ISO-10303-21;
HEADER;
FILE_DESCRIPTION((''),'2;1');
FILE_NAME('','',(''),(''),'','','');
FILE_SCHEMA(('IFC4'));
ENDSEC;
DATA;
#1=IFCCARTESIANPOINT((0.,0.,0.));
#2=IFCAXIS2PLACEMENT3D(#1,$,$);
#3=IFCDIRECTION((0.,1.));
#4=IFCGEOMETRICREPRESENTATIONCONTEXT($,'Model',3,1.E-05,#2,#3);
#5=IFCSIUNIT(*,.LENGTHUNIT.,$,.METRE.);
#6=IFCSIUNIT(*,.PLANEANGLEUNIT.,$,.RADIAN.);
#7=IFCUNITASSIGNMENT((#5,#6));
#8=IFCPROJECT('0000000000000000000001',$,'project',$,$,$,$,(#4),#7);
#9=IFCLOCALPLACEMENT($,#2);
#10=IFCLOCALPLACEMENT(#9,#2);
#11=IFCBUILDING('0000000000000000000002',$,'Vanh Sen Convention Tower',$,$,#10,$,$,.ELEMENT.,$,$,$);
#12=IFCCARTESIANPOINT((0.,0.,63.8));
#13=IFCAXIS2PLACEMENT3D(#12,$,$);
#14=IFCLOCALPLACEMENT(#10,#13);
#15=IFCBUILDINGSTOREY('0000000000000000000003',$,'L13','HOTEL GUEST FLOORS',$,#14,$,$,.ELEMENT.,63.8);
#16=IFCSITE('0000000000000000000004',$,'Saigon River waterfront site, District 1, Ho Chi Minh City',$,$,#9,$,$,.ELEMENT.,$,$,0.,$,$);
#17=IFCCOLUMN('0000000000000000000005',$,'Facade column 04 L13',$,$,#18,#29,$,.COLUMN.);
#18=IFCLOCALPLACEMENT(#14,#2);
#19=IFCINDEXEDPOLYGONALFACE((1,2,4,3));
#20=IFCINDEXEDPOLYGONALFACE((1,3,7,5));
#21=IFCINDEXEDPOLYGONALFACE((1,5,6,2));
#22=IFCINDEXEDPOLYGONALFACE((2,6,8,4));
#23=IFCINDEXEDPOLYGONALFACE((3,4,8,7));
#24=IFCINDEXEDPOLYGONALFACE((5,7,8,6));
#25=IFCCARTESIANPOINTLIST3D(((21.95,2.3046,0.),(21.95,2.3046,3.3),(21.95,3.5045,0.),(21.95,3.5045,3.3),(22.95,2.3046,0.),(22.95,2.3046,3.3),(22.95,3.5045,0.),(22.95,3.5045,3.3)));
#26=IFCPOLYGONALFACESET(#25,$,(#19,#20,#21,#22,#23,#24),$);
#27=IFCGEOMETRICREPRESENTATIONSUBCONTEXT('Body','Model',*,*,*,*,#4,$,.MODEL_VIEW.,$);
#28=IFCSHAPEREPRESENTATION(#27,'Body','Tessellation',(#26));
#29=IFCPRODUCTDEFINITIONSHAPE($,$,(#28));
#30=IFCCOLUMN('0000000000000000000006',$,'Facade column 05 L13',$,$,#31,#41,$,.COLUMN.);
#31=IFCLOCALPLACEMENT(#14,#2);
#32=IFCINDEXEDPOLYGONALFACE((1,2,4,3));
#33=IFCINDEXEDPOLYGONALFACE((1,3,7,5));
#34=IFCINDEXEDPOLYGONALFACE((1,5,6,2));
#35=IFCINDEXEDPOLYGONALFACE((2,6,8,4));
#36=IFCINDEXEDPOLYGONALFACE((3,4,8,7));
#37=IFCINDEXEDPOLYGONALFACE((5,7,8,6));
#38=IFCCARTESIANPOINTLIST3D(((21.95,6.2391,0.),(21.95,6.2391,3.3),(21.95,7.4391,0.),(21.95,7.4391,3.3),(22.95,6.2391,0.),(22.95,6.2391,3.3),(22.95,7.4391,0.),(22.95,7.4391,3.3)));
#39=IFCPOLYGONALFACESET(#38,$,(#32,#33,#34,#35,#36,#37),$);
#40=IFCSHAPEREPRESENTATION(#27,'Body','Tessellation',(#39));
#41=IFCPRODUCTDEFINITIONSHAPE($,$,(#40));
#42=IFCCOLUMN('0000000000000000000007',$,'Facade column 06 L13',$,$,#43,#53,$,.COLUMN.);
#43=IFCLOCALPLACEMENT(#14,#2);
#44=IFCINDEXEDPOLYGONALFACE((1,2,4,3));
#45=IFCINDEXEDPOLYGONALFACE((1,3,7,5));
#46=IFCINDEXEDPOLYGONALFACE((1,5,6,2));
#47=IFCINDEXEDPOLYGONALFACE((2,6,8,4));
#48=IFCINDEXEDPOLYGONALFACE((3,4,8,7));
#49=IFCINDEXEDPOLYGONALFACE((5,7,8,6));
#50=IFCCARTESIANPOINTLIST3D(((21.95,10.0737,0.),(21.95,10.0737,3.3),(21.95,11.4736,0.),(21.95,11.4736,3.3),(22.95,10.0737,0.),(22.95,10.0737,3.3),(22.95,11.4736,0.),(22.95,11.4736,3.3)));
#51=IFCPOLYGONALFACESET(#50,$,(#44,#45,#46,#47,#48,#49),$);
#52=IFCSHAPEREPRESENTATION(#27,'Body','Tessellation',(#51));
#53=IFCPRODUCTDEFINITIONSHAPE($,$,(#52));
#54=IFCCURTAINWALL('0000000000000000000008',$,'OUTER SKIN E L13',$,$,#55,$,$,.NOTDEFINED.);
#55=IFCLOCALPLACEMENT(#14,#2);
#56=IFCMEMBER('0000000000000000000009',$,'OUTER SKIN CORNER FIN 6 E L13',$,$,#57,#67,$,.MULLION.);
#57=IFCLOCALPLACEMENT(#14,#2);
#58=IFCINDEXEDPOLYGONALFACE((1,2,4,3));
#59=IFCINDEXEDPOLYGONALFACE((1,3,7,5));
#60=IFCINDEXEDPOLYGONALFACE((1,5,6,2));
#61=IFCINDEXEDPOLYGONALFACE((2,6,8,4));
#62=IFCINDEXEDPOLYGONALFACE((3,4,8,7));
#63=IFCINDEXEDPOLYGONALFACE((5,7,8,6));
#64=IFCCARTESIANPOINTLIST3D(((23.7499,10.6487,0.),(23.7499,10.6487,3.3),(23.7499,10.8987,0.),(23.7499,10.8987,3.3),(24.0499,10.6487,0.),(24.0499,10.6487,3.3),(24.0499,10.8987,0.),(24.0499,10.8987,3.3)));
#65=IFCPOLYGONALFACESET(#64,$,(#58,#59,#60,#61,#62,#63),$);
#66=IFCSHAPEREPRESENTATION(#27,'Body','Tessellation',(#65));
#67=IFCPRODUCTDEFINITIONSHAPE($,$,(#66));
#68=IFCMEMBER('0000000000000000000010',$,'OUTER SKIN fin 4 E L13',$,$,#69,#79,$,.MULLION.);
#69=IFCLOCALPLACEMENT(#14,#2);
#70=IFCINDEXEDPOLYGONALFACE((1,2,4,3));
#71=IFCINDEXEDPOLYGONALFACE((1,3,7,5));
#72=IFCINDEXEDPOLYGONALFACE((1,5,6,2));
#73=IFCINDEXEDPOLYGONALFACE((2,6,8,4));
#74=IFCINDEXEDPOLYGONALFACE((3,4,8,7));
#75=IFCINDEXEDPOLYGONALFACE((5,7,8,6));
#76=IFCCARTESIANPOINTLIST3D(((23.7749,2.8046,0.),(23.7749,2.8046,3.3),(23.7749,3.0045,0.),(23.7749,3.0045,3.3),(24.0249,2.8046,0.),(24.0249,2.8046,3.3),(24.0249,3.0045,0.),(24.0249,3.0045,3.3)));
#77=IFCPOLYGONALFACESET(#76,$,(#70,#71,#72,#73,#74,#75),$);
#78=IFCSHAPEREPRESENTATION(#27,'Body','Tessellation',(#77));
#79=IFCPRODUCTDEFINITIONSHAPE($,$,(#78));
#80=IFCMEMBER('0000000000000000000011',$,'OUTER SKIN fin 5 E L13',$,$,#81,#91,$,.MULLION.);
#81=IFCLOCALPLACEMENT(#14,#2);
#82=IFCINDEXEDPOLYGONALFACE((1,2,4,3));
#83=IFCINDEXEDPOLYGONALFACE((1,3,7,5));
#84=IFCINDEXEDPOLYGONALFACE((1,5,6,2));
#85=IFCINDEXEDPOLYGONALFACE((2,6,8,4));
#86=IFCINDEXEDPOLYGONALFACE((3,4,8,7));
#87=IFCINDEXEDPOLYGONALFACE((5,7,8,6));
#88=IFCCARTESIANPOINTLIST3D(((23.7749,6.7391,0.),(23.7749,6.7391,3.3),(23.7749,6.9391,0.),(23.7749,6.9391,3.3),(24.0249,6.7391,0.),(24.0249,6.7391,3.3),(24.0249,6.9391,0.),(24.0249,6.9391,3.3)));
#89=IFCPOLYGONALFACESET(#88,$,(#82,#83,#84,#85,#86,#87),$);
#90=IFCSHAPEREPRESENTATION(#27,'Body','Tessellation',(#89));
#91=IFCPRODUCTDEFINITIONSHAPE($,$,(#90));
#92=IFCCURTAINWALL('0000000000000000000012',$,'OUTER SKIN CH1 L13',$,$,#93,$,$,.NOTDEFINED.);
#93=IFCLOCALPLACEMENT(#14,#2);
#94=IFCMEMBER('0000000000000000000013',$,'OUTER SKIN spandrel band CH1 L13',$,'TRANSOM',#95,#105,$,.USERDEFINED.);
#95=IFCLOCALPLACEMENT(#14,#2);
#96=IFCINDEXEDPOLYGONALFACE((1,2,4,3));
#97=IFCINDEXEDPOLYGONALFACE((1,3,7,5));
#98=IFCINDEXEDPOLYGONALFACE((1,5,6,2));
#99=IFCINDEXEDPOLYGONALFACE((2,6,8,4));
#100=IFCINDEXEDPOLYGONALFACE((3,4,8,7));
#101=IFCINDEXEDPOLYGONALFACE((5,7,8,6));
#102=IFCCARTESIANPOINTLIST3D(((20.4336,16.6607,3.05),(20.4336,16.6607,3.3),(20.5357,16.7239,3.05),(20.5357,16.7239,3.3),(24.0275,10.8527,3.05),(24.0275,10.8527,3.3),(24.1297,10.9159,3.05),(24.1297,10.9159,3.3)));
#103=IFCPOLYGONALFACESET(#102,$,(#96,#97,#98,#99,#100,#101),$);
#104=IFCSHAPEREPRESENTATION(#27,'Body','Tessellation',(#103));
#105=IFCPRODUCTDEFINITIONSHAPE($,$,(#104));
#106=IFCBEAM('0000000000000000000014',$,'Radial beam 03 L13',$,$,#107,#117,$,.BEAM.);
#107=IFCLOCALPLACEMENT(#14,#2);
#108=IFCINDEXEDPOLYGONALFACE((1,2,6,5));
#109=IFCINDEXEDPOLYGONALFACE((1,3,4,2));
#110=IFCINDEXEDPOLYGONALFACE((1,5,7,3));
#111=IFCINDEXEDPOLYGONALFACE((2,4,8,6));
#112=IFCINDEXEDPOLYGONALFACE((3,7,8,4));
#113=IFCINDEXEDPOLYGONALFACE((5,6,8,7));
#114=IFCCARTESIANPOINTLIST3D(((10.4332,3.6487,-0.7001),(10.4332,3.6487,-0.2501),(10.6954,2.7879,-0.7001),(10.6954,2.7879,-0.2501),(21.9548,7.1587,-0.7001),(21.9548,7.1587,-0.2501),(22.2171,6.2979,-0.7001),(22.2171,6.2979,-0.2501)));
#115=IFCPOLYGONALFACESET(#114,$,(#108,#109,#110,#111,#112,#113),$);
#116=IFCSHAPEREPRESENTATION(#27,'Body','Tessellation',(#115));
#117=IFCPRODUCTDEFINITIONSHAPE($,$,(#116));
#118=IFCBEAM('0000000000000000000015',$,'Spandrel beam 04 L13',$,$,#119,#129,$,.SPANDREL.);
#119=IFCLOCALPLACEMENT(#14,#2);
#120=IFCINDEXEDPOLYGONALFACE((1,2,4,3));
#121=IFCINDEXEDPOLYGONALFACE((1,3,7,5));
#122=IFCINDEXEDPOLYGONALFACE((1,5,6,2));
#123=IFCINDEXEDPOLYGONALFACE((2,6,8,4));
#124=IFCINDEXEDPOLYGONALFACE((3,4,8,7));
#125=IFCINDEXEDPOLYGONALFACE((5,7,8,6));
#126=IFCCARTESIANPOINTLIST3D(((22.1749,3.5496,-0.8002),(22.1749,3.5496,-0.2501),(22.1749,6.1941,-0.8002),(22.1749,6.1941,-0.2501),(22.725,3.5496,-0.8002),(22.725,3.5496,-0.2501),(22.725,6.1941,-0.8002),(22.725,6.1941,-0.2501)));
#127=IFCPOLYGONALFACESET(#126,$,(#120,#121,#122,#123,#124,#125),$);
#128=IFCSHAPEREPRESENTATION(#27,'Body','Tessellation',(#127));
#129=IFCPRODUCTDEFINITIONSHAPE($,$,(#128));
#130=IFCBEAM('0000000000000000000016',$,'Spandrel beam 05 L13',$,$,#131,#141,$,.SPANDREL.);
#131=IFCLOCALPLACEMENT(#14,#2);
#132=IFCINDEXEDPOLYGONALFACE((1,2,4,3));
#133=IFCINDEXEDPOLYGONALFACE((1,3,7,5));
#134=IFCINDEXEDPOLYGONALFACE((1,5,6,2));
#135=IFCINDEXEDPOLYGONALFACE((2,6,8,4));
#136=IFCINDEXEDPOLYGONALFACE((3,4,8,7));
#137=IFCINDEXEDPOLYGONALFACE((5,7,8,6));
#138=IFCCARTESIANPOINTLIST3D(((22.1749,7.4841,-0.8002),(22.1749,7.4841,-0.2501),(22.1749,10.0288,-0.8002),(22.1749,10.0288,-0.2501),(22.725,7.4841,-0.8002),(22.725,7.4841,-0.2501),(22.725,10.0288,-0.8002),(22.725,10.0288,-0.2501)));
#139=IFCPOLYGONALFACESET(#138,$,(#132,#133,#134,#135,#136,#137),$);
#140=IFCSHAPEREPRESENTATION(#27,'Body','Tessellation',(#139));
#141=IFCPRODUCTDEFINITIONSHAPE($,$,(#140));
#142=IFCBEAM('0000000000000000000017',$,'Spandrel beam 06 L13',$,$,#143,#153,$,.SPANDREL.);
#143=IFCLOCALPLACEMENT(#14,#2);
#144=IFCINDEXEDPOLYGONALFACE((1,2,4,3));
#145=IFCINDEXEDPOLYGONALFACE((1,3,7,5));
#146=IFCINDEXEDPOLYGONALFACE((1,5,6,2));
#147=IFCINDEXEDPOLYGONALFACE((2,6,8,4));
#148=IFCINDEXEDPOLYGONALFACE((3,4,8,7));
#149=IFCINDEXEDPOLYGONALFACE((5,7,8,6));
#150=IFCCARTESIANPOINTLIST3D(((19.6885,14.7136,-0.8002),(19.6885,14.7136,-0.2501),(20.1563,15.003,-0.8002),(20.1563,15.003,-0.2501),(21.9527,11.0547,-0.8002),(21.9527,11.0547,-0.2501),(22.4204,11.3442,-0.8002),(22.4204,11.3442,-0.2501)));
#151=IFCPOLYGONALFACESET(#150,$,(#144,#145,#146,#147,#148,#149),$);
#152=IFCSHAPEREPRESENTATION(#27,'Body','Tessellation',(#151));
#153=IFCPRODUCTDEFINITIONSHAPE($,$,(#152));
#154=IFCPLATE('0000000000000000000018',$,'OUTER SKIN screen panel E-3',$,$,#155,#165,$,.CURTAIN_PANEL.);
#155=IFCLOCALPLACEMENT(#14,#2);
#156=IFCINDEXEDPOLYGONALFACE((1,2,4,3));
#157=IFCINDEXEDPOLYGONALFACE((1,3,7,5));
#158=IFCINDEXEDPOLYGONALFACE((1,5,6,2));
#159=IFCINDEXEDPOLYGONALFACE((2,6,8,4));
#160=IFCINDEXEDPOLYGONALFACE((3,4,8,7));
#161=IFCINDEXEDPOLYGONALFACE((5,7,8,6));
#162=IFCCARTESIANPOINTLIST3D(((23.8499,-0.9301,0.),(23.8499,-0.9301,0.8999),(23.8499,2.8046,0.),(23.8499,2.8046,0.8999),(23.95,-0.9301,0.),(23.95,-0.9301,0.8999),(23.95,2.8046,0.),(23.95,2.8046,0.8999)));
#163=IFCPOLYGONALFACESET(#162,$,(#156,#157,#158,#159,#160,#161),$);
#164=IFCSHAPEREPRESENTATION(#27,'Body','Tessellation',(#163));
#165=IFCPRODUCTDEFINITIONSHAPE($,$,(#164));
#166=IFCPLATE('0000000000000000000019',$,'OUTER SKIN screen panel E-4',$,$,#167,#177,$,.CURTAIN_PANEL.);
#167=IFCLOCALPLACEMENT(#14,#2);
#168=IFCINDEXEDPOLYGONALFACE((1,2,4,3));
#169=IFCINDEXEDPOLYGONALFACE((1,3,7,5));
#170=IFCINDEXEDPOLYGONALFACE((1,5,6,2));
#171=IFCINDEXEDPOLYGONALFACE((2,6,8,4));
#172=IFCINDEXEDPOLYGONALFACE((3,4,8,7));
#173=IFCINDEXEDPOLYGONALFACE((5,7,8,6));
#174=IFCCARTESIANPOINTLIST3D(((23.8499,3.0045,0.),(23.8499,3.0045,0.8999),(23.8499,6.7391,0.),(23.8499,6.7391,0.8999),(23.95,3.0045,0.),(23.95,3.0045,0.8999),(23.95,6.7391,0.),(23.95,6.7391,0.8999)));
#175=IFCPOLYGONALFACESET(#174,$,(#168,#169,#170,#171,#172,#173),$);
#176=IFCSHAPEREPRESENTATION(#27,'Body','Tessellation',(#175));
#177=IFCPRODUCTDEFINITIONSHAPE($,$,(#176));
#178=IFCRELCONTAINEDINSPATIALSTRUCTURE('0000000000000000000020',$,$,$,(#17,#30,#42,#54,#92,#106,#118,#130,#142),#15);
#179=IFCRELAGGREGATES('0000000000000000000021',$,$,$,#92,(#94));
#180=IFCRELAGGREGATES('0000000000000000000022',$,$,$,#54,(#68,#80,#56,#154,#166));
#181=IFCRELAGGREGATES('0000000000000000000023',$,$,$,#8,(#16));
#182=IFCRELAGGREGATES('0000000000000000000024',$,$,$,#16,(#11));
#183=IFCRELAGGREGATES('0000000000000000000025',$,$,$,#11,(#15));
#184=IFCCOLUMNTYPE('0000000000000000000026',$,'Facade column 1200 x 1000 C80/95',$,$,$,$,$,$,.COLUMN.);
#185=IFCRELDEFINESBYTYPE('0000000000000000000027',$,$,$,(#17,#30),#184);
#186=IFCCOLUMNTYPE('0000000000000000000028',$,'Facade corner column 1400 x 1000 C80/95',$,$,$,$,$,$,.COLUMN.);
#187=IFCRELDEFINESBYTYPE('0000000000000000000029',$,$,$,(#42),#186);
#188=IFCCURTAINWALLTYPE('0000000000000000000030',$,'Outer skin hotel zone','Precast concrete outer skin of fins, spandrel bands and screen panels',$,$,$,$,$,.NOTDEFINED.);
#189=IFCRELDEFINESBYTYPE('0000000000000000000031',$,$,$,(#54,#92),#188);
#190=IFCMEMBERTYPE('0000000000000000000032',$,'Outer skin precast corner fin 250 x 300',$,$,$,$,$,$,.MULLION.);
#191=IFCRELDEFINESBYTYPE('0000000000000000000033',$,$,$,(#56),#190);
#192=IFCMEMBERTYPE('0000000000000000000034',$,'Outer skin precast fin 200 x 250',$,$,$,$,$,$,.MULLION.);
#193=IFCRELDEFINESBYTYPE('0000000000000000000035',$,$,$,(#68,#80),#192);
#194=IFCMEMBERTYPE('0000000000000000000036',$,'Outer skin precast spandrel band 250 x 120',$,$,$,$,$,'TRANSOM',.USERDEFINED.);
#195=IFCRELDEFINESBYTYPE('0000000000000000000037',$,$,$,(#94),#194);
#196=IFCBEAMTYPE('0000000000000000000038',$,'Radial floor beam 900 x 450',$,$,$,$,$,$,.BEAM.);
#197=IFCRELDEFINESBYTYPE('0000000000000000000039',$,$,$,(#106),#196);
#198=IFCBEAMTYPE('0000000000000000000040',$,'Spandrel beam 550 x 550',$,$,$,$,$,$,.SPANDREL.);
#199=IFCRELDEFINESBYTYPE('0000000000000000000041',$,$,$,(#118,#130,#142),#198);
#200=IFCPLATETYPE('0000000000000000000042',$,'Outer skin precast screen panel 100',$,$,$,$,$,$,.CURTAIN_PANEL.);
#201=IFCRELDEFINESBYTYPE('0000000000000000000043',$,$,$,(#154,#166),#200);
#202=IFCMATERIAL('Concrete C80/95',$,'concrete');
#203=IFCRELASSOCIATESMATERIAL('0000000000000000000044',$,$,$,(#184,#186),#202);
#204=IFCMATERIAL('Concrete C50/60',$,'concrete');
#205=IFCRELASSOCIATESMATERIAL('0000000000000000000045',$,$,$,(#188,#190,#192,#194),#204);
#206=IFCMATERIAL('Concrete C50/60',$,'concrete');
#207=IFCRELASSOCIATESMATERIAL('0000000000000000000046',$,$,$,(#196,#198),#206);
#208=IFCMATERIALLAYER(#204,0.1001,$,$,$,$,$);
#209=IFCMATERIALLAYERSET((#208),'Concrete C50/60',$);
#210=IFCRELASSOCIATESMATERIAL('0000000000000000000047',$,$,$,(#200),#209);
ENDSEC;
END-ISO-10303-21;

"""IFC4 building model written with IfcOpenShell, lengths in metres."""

from ifc_helpers import new_model, si_unit, direction, frame, origin, origin_2d, place, context, subcontext, project, spatial, rectangle, extrude, material, layer, layer_set, material_profile, profile_set, type_object, element, aggregate, save


model = new_model("IFC4")

# Units and contexts
model_context = context("Model", 3, precision=1e-05, world=origin(), true_north=direction((0.0, 1.0)))
body_context = subcontext(model_context, "Body", "Model", "MODEL_VIEW")
ifc_project = project(units=[si_unit("LENGTHUNIT", "METRE"), si_unit("PLANEANGLEUNIT", "RADIAN")], contexts=[model_context])

# Site, building, storey
site_placement = place(None, origin())
site = spatial("IfcSite", under=ifc_project, at=site_placement, Name="Saigon River waterfront site, District 1, Ho Chi Minh City", CompositionType="ELEMENT", RefElevation=0.0)
building_placement = place(site_placement, origin())
building = spatial("IfcBuilding", under=site, at=building_placement, Name="Vanh Sen Convention Tower", CompositionType="ELEMENT")
storey_placement = place(building_placement, frame((0.0, 0.0, 63.8)))
storey = spatial("IfcBuildingStorey", under=building, at=storey_placement, Name="L13", Description="HOTEL GUEST FLOORS", CompositionType="ELEMENT", Elevation=63.8)

# Columns
ifc_material_1 = material(Name="Concrete C80/95", Category="concrete")
ifc_material_profile_1 = material_profile(ifc_material_1, rectangle(XDim=1.2, YDim=1.0, at=origin_2d()), Name="RC 1200X1000")
ifc_profile_set_1 = profile_set([ifc_material_profile_1], Name="Concrete C80/95")
column_type_1 = type_object("IfcColumnType", Name="Facade column 1200 x 1000 C80/95", PredefinedType="COLUMN", material=ifc_profile_set_1)
for number, where, z_axis, x_axis, name in (
    (1, (22.45, 2.9045, 0.0), (0.0, 0.0, 1.0), (0.0, 1.0, 0.0), "Facade column 04 L13"),
    (2, (22.45, 6.8391, 0.0), (0.0, 0.0, 1.0), (0.0, 1.0, 0.0), "Facade column 05 L13"),
):
    element("IfcColumn", number, at=place(storey_placement, frame(where, z_axis=z_axis, x_axis=x_axis)), inside=storey, type_object=column_type_1, Name=name, PredefinedType="COLUMN", context=body_context, shape_type="SweptSolid", body=[
        extrude(rectangle(XDim=1.2, YDim=1.0, at=origin_2d()), origin(), (0.0, 0.0, 1.0), 3.3),
    ])
ifc_material_profile_2 = material_profile(ifc_material_1, rectangle(XDim=1.3999, YDim=1.0, at=origin_2d()), Name="RC 1400X1000")
ifc_profile_set_2 = profile_set([ifc_material_profile_2], Name="Concrete C80/95")
column_type_2 = type_object("IfcColumnType", Name="Facade corner column 1400 x 1000 C80/95", PredefinedType="COLUMN", material=ifc_profile_set_2)
column_placement = place(storey_placement, frame((22.45, 10.7737, 0.0), z_axis=(0.0, 0.0, 1.0), x_axis=(0.0, 1.0, 0.0)))
element("IfcColumn", 3, at=column_placement, inside=storey, type_object=column_type_2, Name="Facade column 06 L13", PredefinedType="COLUMN", context=body_context, shape_type="SweptSolid", body=[
    extrude(rectangle(XDim=1.3999, YDim=1.0, at=origin_2d()), origin(), (0.0, 0.0, 1.0), 3.3),
])

# Curtain wall, members
ifc_material_2 = material(Name="Concrete C50/60", Category="concrete")
curtain_wall_type = type_object("IfcCurtainWallType", Name="Outer skin hotel zone", Description="Precast concrete outer skin of fins, spandrel bands and screen panels", PredefinedType="NOTDEFINED", material=ifc_material_2)
curtain_wall_1_placement = place(storey_placement, origin())
curtain_wall_1 = element("IfcCurtainWall", 4, at=curtain_wall_1_placement, inside=storey, type_object=curtain_wall_type, Name="OUTER SKIN E L13", PredefinedType="NOTDEFINED")
ifc_material_profile_3 = material_profile(ifc_material_2, rectangle(XDim=0.25, YDim=0.3, at=origin_2d()), Name="Outer skin precast corner fin 250 x 300")
ifc_profile_set_3 = profile_set([ifc_material_profile_3], Name="Concrete C50/60")
member_type_1 = type_object("IfcMemberType", Name="Outer skin precast corner fin 250 x 300", PredefinedType="MULLION", material=ifc_profile_set_3)
member_1_placement = place(storey_placement, frame((23.8999, 10.7737, 0.0), z_axis=(0.0, 0.0, 1.0), x_axis=(0.0, 1.0, 0.0)))
member_1 = element("IfcMember", 5, at=member_1_placement, type_object=member_type_1, Name="OUTER SKIN CORNER FIN 6 E L13", PredefinedType="MULLION", context=body_context, shape_type="SweptSolid", body=[
    extrude(rectangle(XDim=0.25, YDim=0.3, at=origin_2d()), origin(), (0.0, 0.0, 1.0), 3.3),
])
ifc_material_profile_4 = material_profile(ifc_material_2, rectangle(XDim=0.2, YDim=0.25, at=origin_2d()), Name="Outer skin precast fin 200 x 250")
ifc_profile_set_4 = profile_set([ifc_material_profile_4], Name="Concrete C50/60")
member_type_2 = type_object("IfcMemberType", Name="Outer skin precast fin 200 x 250", PredefinedType="MULLION", material=ifc_profile_set_4)
member_2_placement = place(storey_placement, frame((23.8999, 2.9045, 0.0), z_axis=(0.0, 0.0, 1.0), x_axis=(0.0, 1.0, 0.0)))
member_2 = element("IfcMember", 6, at=member_2_placement, type_object=member_type_2, Name="OUTER SKIN fin 4 E L13", PredefinedType="MULLION", context=body_context, shape_type="SweptSolid", body=[
    extrude(rectangle(XDim=0.2, YDim=0.25, at=origin_2d()), origin(), (0.0, 0.0, 1.0), 3.3),
])
member_3_placement = place(storey_placement, frame((23.8999, 6.8391, 0.0), z_axis=(0.0, 0.0, 1.0), x_axis=(0.0, 1.0, 0.0)))
member_3 = element("IfcMember", 7, at=member_3_placement, type_object=member_type_2, Name="OUTER SKIN fin 5 E L13", PredefinedType="MULLION", context=body_context, shape_type="SweptSolid", body=[
    extrude(rectangle(XDim=0.2, YDim=0.25, at=origin_2d()), origin(), (0.0, 0.0, 1.0), 3.3),
])

# Curtain wall, member
curtain_wall_2_placement = place(storey_placement, origin())
curtain_wall_2 = element("IfcCurtainWall", 8, at=curtain_wall_2_placement, inside=storey, type_object=curtain_wall_type, Name="OUTER SKIN CH1 L13", PredefinedType="NOTDEFINED")
ifc_material_profile_5 = material_profile(ifc_material_2, rectangle(XDim=0.1201, YDim=0.25, at=origin_2d()), Name="Outer skin precast spandrel band 250 x 120")
ifc_profile_set_5 = profile_set([ifc_material_profile_5], Name="Concrete C50/60")
member_type_3 = type_object("IfcMemberType", Name="Outer skin precast spandrel band 250 x 120", ElementType="TRANSOM", PredefinedType="USERDEFINED", material=ifc_profile_set_5)
member_4_placement = place(storey_placement, frame((24.0786, 10.8843, 3.175), z_axis=(-0.526196, 0.850363, 0.0), x_axis=(-0.850363, -0.526196, 0.0)))
member_4 = element("IfcMember", 9, at=member_4_placement, type_object=member_type_3, Name="OUTER SKIN spandrel band CH1 L13", ObjectType="TRANSOM", PredefinedType="USERDEFINED", context=body_context, shape_type="SweptSolid", body=[
    extrude(rectangle(XDim=0.1201, YDim=0.25, at=origin_2d()), origin(), (0.0, 0.0, 1.0), 6.8301),
])
aggregate(curtain_wall_2, [member_4])

# Beams
ifc_material_3 = material(Name="Concrete C50/60", Category="concrete")
ifc_material_profile_6 = material_profile(ifc_material_3, rectangle(XDim=0.8999, YDim=0.45, at=origin_2d()), Name="RC 900X450")
ifc_profile_set_6 = profile_set([ifc_material_profile_6], Name="Concrete C50/60")
beam_type_1 = type_object("IfcBeamType", Name="Radial floor beam 900 x 450", PredefinedType="BEAM", material=ifc_profile_set_6)
beam_1_placement = place(storey_placement, frame((22.0859, 6.7283, -0.4751), z_axis=(-0.956595, -0.29142, 0.0), x_axis=(0.29142, -0.956595, 0.0)))
element("IfcBeam", 10, at=beam_1_placement, inside=storey, type_object=beam_type_1, Name="Radial beam 03 L13", PredefinedType="BEAM", context=body_context, shape_type="SweptSolid", body=[
    extrude(rectangle(XDim=0.8999, YDim=0.45, at=origin_2d()), origin(), (0.0, 0.0, 1.0), 12.0444),
])
ifc_material_profile_7 = material_profile(ifc_material_3, rectangle(XDim=0.55, YDim=0.55, at=origin_2d()), Name="RC 550X550")
ifc_profile_set_7 = profile_set([ifc_material_profile_7], Name="Concrete C50/60")
beam_type_2 = type_object("IfcBeamType", Name="Spandrel beam 550 x 550", PredefinedType="SPANDREL", material=ifc_profile_set_7)
beam_2_placement = place(storey_placement, frame((22.45, 3.5496, -0.5251), z_axis=(0.0, 1.0, 0.0), x_axis=(-1.0, 0.0, 0.0)))
element("IfcBeam", 11, at=beam_2_placement, inside=storey, type_object=beam_type_2, Name="Spandrel beam 04 L13", PredefinedType="SPANDREL", context=body_context, shape_type="SweptSolid", body=[
    extrude(rectangle(XDim=0.55, YDim=0.55, at=origin_2d()), origin(), (0.0, 0.0, 1.0), 2.6445),
])
beam_3_placement = place(storey_placement, frame((22.45, 7.4841, -0.5251), z_axis=(0.0, 1.0, 0.0), x_axis=(-1.0, 0.0, 0.0)))
element("IfcBeam", 12, at=beam_3_placement, inside=storey, type_object=beam_type_2, Name="Spandrel beam 05 L13", PredefinedType="SPANDREL", context=body_context, shape_type="SweptSolid", body=[
    extrude(rectangle(XDim=0.55, YDim=0.55, at=origin_2d()), origin(), (0.0, 0.0, 1.0), 2.5447),
])
beam_4_placement = place(storey_placement, frame((22.1865, 11.1995, -0.5251), z_axis=(-0.526204, 0.850358, 0.0), x_axis=(-0.850358, -0.526204, 0.0)))
element("IfcBeam", 13, at=beam_4_placement, inside=storey, type_object=beam_type_2, Name="Spandrel beam 06 L13", PredefinedType="SPANDREL", context=body_context, shape_type="SweptSolid", body=[
    extrude(rectangle(XDim=0.55, YDim=0.55, at=origin_2d()), origin(), (0.0, 0.0, 1.0), 4.3027),
])

# Plates
ifc_layer_1 = layer(ifc_material_2, 0.1001)
ifc_layer_set_1 = layer_set([ifc_layer_1], Name="Concrete C50/60")
plate_type = type_object("IfcPlateType", Name="Outer skin precast screen panel 100", PredefinedType="CURTAIN_PANEL", material=ifc_layer_set_1)
plate_1_placement = place(storey_placement, frame((23.8999, 0.9373, 0.0), z_axis=(0.0, 0.0, 1.0), x_axis=(0.0, 1.0, 0.0)))
plate_1 = element("IfcPlate", 14, at=plate_1_placement, type_object=plate_type, Name="OUTER SKIN screen panel E-3", PredefinedType="CURTAIN_PANEL", context=body_context, shape_type="SweptSolid", body=[
    extrude(rectangle(XDim=3.7346, YDim=0.1001, at=origin_2d()), origin(), (0.0, 0.0, 1.0), 0.8999),
])
plate_2_placement = place(storey_placement, frame((23.8999, 4.8718, 0.0), z_axis=(0.0, 0.0, 1.0), x_axis=(0.0, 1.0, 0.0)))
plate_2 = element("IfcPlate", 15, at=plate_2_placement, type_object=plate_type, Name="OUTER SKIN screen panel E-4", PredefinedType="CURTAIN_PANEL", context=body_context, shape_type="SweptSolid", body=[
    extrude(rectangle(XDim=3.7346, YDim=0.1001, at=origin_2d()), origin(), (0.0, 0.0, 1.0), 0.8999),
])
aggregate(curtain_wall_1, [member_2, member_3, member_1, plate_1, plate_2])

save(model, "model.ifc")
